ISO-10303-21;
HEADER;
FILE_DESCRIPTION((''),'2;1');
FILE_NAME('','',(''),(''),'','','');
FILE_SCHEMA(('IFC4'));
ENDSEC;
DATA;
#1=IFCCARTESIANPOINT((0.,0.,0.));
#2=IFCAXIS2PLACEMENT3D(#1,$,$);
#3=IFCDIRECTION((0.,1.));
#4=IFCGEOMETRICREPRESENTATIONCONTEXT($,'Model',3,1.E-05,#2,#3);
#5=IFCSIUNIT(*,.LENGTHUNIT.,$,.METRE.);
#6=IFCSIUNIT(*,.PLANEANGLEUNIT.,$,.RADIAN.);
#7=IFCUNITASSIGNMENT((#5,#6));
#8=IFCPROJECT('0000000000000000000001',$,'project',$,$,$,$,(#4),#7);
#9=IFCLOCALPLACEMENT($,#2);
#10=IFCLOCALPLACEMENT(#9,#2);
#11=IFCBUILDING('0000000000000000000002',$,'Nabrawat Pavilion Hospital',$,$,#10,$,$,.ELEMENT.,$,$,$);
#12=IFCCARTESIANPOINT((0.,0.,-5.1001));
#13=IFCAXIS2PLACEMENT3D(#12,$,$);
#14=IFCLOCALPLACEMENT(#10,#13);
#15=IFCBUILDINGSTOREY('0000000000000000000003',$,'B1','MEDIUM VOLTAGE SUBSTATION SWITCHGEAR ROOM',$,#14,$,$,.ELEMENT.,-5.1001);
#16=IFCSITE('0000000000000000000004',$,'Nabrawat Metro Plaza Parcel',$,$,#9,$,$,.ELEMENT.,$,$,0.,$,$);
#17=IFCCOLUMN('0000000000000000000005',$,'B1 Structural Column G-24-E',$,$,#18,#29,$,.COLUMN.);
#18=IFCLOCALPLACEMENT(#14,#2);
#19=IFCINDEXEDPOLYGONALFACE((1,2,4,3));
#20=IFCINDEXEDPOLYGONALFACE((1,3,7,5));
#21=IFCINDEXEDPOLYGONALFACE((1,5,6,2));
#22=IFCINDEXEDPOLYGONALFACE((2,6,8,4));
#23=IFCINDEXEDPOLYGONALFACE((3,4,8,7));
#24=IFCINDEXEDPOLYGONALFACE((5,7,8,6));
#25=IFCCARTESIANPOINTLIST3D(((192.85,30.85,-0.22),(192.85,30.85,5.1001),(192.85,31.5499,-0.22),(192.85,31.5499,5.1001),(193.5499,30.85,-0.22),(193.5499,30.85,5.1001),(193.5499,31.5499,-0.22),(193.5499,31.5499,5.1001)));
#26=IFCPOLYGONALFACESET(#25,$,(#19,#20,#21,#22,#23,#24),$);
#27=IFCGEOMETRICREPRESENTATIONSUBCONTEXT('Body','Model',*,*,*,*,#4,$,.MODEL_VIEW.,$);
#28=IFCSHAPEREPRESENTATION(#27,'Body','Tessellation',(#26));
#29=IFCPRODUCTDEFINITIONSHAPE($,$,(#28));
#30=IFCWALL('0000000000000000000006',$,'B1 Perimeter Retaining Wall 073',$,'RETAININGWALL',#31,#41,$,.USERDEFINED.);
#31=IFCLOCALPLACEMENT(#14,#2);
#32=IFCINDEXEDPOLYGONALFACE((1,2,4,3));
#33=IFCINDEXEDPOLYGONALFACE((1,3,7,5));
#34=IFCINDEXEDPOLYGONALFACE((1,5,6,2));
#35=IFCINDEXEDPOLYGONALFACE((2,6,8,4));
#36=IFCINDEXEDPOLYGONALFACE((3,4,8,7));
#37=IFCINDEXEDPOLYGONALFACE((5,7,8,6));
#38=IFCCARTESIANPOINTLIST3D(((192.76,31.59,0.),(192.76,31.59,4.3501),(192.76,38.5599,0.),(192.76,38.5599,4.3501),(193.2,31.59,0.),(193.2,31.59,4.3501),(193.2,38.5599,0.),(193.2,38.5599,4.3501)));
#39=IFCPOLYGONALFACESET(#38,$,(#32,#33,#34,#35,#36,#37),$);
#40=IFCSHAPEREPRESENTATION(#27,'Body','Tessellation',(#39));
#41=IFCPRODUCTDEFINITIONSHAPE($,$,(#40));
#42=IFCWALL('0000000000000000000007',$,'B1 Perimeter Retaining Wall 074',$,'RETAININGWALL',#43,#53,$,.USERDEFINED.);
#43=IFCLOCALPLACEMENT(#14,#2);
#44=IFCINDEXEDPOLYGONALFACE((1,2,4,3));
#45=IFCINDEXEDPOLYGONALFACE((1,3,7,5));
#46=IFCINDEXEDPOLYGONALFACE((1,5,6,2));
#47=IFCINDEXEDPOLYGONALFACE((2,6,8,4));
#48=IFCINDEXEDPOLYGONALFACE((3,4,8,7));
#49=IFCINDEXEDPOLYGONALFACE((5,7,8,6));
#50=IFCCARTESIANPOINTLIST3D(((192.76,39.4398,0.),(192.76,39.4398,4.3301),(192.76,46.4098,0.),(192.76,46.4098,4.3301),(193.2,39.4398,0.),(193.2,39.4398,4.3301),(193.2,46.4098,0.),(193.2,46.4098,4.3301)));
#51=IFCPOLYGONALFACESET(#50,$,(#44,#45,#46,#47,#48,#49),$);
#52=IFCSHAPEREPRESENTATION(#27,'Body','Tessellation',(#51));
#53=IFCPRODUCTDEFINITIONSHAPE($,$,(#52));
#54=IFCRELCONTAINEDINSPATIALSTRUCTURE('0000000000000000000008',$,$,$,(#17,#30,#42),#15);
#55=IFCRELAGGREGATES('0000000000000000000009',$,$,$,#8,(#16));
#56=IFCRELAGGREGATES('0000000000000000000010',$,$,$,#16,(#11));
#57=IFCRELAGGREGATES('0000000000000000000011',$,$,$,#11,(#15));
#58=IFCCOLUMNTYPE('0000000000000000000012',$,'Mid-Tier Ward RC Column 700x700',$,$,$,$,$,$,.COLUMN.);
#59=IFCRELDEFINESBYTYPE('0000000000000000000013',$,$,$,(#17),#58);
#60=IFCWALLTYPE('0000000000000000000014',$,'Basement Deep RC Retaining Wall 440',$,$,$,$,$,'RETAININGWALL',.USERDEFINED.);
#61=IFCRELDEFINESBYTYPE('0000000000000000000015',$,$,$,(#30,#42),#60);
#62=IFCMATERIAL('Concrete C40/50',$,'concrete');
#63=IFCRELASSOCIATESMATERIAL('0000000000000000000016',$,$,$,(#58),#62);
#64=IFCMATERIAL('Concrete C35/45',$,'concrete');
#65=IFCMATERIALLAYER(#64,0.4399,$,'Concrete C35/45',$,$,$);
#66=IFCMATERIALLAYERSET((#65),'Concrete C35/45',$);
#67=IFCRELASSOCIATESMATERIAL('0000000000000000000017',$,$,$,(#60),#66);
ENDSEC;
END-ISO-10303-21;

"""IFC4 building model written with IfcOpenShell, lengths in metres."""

from ifc_helpers import new_model, si_unit, direction, frame, frame_2d, origin, origin_2d, place, context, subcontext, project, spatial, rectangle, extrude, material, layer, layer_set, material_profile, profile_set, type_object, element, save


model = new_model("IFC4")

# Units and contexts
model_context = context("Model", 3, precision=1e-05, world=origin(), true_north=direction((0.0, 1.0)))
body_context = subcontext(model_context, "Body", "Model", "MODEL_VIEW")
ifc_project = project(units=[si_unit("LENGTHUNIT", "METRE"), si_unit("PLANEANGLEUNIT", "RADIAN")], contexts=[model_context])

# Site, building, storey
site_placement = place(None, origin())
site = spatial("IfcSite", under=ifc_project, at=site_placement, Name="Nabrawat Metro Plaza Parcel", CompositionType="ELEMENT", RefElevation=0.0)
building_placement = place(site_placement, origin())
building = spatial("IfcBuilding", under=site, at=building_placement, Name="Nabrawat Pavilion Hospital", CompositionType="ELEMENT")
storey_placement = place(building_placement, frame((0.0, 0.0, -5.1001)))
storey = spatial("IfcBuildingStorey", under=building, at=storey_placement, Name="B1", Description="MEDIUM VOLTAGE SUBSTATION SWITCHGEAR ROOM", CompositionType="ELEMENT", Elevation=-5.1001)

# Shared definitions
ifc_material_1 = material(Name="Concrete C35/45", Category="concrete")

# Column
ifc_material_2 = material(Name="Concrete C40/50", Category="concrete")
ifc_material_profile_1 = material_profile(ifc_material_2, rectangle(XDim=0.7, YDim=0.7, at=origin_2d()), Name="RC 700x700")
ifc_profile_set_1 = profile_set([ifc_material_profile_1], Name="Concrete C40/50")
column_type_1 = type_object("IfcColumnType", Name="Mid-Tier Ward RC Column 700x700", PredefinedType="COLUMN", material=ifc_profile_set_1)
for number, where, z_axis, x_axis, name in (
    (1, (193.2, 31.2, -0.22), (0.0, 0.0, 1.0), (1.0, 0.0, 0.0), "B1 Structural Column G-24-E"),
):
    element("IfcColumn", number, at=place(storey_placement, frame(where, z_axis=z_axis, x_axis=x_axis)), inside=storey, type_object=column_type_1, Name=name, PredefinedType="COLUMN", context=body_context, shape_type="SweptSolid", body=[
        extrude(rectangle(XDim=0.7, YDim=0.7, at=origin_2d()), origin(), (0.0, 0.0, 1.0), 5.3201),
    ])

# Walls
ifc_layer = layer(ifc_material_1, 0.4399, Name="Concrete C35/45")
ifc_layer_set = layer_set([ifc_layer], Name="Concrete C35/45")
wall_type = type_object("IfcWallType", Name="Basement Deep RC Retaining Wall 440", ElementType="RETAININGWALL", PredefinedType="USERDEFINED", material=ifc_layer_set)
wall_1_placement = place(storey_placement, frame((192.98, 31.5901, 0.0), z_axis=(0.0, 0.0, 1.0), x_axis=(0.0, 1.0, 0.0)))
element("IfcWall", 2, at=wall_1_placement, inside=storey, type_object=wall_type, Name="B1 Perimeter Retaining Wall 073", ObjectType="RETAININGWALL", PredefinedType="USERDEFINED", context=body_context, shape_type="SweptSolid", body=[
    extrude(rectangle(XDim=6.97, YDim=0.4399, at=frame_2d((3.4849, 0.0))), origin(), (0.0, 0.0, 1.0), 4.3501),
])
wall_2_placement = place(storey_placement, frame((192.98, 39.4399, 0.0), z_axis=(0.0, 0.0, 1.0), x_axis=(0.0, 1.0, 0.0)))
element("IfcWall", 3, at=wall_2_placement, inside=storey, type_object=wall_type, Name="B1 Perimeter Retaining Wall 074", ObjectType="RETAININGWALL", PredefinedType="USERDEFINED", context=body_context, shape_type="SweptSolid", body=[
    extrude(rectangle(XDim=6.97, YDim=0.4399, at=frame_2d((3.4849, 0.0))), origin(), (0.0, 0.0, 1.0), 4.3301),
])

save(model, "model.ifc")
